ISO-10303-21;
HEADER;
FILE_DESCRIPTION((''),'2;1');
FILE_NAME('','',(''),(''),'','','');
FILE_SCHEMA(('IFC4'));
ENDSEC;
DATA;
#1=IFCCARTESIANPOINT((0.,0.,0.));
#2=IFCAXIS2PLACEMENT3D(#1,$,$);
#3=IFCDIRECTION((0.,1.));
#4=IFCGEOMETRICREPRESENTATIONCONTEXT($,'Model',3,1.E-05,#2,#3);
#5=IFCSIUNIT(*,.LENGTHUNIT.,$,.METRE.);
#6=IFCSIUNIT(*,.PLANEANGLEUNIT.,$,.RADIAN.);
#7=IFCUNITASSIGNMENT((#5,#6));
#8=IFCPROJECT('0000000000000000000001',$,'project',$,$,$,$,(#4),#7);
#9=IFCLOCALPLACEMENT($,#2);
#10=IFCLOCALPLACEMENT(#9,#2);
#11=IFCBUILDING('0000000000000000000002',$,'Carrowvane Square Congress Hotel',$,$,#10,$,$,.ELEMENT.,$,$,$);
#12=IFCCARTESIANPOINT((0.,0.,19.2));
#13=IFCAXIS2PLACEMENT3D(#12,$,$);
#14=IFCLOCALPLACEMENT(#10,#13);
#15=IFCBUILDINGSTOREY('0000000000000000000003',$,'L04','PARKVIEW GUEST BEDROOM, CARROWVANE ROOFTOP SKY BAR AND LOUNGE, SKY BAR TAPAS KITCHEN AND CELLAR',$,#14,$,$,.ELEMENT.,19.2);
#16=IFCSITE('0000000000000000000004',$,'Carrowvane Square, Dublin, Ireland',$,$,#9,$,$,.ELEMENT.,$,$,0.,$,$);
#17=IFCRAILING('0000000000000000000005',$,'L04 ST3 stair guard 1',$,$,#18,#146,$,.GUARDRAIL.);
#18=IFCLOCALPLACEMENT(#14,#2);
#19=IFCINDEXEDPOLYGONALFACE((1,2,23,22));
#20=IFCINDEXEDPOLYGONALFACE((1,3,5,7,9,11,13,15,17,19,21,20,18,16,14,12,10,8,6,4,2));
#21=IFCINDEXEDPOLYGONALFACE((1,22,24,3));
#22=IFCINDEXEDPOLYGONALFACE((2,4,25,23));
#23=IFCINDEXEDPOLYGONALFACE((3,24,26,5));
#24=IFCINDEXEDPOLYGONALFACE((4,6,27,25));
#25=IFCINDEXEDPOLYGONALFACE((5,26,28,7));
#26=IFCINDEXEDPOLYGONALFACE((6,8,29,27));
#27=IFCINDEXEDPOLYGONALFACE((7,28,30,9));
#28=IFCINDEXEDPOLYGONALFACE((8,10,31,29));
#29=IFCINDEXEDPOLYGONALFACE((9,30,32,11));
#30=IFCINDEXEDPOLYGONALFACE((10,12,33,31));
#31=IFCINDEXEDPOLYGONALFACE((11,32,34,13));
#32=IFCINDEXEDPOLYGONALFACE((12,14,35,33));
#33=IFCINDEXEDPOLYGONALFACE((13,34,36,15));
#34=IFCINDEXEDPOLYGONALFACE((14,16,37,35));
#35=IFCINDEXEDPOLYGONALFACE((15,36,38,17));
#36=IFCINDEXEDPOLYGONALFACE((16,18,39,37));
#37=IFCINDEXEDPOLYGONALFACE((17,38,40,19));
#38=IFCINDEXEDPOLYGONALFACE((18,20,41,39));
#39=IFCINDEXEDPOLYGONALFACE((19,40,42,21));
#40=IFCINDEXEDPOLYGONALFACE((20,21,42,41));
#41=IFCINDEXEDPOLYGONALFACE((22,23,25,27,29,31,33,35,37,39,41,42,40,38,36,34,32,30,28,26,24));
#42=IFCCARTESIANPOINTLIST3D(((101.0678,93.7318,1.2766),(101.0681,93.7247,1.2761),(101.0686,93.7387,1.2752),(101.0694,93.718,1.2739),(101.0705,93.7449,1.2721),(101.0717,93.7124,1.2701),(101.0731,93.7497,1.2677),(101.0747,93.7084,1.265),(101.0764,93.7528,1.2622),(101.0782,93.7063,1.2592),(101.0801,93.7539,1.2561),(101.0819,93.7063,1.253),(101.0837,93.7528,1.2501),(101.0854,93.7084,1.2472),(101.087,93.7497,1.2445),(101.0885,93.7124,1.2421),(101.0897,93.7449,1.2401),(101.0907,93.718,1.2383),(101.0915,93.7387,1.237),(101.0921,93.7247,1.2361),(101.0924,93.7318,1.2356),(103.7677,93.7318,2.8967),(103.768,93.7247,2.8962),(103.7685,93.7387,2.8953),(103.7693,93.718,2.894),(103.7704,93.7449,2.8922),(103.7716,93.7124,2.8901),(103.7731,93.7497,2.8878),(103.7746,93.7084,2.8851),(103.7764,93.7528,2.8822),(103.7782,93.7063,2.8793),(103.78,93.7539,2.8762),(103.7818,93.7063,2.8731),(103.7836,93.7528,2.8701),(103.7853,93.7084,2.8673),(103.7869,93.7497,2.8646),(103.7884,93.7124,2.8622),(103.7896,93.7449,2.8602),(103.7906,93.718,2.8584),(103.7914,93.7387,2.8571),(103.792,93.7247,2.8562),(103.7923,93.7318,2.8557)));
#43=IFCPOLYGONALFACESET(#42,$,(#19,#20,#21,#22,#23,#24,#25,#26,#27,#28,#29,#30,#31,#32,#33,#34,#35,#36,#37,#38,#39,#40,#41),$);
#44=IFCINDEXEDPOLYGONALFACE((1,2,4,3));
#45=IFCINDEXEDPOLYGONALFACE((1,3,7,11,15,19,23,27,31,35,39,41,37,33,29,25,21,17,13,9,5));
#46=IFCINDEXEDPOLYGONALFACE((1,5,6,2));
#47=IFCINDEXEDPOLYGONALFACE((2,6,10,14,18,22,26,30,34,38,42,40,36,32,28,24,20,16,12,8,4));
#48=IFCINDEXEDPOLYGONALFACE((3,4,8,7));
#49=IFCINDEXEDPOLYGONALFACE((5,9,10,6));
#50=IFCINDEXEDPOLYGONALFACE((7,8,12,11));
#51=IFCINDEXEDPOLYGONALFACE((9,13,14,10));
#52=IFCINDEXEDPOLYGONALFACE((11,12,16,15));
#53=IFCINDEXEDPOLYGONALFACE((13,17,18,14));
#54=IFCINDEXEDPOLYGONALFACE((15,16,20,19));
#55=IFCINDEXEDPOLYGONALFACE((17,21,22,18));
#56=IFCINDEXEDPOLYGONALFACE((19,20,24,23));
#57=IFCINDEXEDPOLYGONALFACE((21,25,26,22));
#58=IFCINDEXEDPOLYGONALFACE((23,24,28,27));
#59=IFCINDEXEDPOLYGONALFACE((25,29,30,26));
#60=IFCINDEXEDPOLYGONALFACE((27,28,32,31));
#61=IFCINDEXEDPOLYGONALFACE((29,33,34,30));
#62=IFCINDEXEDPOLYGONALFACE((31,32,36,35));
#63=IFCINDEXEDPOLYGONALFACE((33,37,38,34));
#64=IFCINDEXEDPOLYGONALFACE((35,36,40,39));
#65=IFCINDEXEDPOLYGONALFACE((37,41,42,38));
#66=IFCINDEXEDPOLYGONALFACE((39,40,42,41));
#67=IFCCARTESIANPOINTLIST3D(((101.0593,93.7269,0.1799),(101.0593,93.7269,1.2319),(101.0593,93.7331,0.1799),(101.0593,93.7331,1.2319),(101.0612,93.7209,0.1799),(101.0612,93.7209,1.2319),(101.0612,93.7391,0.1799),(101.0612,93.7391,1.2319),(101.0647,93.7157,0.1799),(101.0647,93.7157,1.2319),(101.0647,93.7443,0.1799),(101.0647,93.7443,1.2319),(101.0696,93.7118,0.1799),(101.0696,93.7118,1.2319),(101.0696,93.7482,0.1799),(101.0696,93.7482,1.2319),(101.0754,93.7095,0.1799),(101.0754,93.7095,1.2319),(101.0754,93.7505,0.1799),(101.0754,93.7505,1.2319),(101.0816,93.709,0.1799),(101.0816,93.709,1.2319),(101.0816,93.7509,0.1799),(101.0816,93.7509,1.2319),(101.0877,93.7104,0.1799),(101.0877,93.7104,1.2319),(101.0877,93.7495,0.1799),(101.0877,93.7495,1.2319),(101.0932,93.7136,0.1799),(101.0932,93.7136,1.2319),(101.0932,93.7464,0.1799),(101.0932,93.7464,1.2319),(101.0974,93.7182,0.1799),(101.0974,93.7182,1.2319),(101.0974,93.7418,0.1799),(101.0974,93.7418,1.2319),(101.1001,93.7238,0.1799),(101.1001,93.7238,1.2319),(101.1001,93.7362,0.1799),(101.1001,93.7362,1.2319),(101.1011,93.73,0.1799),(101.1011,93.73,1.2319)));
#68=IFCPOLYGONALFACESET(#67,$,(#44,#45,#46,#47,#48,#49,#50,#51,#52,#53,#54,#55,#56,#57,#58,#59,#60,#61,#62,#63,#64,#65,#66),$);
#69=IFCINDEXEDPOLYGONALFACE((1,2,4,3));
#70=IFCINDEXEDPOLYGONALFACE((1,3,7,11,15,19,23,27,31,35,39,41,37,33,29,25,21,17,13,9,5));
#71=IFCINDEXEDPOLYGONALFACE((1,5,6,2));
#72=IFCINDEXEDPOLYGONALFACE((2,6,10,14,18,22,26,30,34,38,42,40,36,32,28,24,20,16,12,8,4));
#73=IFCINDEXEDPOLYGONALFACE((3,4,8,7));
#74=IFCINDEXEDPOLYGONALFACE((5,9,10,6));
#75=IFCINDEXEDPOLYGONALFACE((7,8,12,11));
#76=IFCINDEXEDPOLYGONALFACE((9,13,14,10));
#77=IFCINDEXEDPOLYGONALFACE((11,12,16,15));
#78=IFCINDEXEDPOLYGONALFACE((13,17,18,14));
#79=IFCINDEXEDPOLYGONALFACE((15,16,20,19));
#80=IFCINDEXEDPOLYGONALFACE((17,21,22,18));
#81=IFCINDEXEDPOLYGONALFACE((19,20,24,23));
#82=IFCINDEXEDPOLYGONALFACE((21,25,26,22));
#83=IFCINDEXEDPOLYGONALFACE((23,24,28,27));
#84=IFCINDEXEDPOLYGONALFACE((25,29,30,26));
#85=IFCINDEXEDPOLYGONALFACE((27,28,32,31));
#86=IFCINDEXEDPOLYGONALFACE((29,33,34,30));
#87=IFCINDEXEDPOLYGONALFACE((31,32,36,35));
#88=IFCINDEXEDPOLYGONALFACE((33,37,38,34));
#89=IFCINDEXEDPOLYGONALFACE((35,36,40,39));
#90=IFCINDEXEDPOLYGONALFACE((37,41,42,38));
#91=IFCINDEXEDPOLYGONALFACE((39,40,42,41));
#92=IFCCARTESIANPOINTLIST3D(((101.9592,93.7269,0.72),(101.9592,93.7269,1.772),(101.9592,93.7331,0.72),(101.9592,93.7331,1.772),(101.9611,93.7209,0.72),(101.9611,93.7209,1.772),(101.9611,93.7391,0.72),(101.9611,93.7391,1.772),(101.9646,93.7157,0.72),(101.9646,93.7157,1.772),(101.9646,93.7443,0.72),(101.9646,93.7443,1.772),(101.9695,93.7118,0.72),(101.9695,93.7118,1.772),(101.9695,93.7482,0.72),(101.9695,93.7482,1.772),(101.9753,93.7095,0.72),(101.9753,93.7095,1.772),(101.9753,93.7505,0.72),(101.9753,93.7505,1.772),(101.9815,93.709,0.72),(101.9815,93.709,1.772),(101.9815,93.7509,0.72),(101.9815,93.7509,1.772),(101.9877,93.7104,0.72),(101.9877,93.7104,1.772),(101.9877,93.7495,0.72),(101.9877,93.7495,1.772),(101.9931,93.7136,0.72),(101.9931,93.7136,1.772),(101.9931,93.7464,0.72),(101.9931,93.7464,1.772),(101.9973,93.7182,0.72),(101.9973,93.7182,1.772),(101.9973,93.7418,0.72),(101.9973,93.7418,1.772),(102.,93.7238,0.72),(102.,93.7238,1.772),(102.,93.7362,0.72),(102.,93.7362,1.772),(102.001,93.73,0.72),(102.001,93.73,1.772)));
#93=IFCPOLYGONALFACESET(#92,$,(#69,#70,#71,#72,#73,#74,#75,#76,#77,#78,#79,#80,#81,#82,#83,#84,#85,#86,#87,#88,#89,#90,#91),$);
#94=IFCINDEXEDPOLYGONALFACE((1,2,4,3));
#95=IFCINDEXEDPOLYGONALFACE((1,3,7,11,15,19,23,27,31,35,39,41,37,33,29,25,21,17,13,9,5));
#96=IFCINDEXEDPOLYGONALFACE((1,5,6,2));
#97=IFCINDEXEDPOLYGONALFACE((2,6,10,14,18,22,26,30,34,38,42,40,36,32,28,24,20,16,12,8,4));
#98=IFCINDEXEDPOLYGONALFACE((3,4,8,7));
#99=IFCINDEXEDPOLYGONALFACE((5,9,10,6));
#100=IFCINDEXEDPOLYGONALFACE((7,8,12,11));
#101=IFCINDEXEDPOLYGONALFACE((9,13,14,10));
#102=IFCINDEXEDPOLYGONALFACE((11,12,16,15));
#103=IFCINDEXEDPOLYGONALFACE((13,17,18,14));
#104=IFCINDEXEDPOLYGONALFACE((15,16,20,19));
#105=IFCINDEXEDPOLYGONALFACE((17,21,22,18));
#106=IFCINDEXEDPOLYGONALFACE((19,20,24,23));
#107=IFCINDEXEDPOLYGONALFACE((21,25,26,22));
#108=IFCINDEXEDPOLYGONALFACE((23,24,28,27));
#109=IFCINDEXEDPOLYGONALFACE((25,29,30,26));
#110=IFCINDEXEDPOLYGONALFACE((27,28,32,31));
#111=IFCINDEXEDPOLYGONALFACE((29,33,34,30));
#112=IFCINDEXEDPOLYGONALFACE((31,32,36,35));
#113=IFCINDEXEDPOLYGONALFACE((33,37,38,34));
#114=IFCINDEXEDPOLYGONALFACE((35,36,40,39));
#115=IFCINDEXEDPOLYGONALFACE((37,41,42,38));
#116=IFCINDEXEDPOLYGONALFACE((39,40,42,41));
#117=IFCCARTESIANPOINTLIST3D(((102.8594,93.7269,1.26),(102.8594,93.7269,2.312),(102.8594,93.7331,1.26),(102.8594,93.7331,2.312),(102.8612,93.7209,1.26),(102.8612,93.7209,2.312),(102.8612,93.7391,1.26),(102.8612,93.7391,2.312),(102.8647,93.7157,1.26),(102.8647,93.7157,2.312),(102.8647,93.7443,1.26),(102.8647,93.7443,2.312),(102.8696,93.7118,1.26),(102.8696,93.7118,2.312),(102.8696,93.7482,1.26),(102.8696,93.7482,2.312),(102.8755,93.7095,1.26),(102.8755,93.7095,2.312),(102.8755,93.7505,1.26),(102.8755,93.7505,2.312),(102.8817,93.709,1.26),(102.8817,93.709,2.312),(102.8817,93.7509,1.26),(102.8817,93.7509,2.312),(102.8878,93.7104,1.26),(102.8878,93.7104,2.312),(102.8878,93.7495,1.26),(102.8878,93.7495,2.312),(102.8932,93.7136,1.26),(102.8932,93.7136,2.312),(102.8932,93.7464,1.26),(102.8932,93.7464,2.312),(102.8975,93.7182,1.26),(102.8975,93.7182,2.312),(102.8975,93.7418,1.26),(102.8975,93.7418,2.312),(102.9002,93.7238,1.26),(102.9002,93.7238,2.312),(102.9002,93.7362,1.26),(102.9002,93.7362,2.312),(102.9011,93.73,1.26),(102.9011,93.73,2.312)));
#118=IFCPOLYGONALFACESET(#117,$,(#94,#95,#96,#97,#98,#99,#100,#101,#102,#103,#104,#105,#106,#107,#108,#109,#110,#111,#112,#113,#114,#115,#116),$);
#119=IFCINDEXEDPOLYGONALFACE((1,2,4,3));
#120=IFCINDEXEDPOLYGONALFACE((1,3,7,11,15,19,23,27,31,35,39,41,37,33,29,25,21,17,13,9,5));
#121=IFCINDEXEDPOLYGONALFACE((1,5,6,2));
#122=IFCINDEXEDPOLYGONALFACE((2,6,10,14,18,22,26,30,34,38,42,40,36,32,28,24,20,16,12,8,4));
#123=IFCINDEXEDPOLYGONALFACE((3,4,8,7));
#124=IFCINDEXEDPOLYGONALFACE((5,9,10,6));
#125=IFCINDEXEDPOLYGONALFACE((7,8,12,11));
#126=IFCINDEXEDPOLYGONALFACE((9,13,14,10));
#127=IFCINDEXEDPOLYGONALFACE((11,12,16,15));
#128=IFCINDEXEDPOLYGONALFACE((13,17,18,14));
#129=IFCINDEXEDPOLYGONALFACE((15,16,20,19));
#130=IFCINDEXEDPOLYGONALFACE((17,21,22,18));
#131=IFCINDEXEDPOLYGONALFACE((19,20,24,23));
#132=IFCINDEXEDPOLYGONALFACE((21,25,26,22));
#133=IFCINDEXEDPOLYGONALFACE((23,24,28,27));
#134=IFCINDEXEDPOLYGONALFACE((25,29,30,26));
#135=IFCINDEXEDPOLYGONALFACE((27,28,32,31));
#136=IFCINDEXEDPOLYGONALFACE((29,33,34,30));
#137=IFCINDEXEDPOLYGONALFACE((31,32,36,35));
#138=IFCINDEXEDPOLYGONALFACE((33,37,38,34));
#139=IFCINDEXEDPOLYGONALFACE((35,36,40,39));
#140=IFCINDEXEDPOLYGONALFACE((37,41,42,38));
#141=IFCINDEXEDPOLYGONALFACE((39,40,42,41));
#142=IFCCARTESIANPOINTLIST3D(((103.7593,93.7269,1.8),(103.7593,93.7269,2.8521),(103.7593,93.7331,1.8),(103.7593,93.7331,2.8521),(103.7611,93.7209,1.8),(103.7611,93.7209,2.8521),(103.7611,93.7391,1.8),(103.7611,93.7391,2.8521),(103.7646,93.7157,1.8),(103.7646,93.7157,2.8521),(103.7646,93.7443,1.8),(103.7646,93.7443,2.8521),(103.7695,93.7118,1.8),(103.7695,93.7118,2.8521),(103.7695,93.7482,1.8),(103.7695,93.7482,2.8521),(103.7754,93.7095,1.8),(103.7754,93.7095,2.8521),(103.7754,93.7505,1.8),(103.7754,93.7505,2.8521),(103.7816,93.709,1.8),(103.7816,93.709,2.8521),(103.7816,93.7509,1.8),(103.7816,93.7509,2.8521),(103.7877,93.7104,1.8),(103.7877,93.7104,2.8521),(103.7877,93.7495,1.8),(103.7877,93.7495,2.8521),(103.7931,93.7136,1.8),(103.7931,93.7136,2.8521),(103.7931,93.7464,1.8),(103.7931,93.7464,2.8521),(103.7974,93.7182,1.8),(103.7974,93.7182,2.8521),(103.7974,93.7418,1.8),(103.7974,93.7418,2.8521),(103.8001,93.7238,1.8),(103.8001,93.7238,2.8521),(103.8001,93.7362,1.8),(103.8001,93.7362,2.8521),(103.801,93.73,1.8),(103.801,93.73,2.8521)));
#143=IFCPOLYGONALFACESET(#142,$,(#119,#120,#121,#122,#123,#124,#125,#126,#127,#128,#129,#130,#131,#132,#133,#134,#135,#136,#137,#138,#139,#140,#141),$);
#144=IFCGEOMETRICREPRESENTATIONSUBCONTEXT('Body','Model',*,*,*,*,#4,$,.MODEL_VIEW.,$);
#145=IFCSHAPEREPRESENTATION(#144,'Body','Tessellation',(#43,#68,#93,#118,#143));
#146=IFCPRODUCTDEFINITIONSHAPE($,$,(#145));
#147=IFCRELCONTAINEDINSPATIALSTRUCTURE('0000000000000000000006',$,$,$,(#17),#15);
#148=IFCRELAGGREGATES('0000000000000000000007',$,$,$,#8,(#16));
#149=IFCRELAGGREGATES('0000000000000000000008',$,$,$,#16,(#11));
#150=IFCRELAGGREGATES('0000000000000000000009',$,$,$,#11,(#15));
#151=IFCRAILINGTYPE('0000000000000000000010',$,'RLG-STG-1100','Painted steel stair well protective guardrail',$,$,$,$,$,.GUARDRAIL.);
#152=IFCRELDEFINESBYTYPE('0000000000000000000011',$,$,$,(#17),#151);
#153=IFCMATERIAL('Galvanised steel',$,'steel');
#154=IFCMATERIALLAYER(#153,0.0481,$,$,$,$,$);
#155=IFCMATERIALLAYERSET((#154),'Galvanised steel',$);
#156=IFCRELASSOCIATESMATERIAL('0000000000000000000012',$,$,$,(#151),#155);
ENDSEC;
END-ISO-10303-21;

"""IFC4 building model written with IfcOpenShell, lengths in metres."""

from ifc_helpers import new_model, si_unit, direction, frame, origin, origin_2d, place, context, subcontext, project, spatial, circle, extrude, material, layer, layer_set, type_object, element, save


model = new_model("IFC4")

# Units and contexts
model_context = context("Model", 3, precision=1e-05, world=origin(), true_north=direction((0.0, 1.0)))
body_context = subcontext(model_context, "Body", "Model", "MODEL_VIEW")
ifc_project = project(units=[si_unit("LENGTHUNIT", "METRE"), si_unit("PLANEANGLEUNIT", "RADIAN")], contexts=[model_context])

# Site, building, storey
site_placement = place(None, origin())
site = spatial("IfcSite", under=ifc_project, at=site_placement, Name="Carrowvane Square, Dublin, Ireland", CompositionType="ELEMENT", RefElevation=0.0)
building_placement = place(site_placement, origin())
building = spatial("IfcBuilding", under=site, at=building_placement, Name="Carrowvane Square Congress Hotel", CompositionType="ELEMENT")
storey_placement = place(building_placement, frame((0.0, 0.0, 19.2)))
storey = spatial("IfcBuildingStorey", under=building, at=storey_placement, Name="L04", Description="PARKVIEW GUEST BEDROOM, CARROWVANE ROOFTOP SKY BAR AND LOUNGE, SKY BAR TAPAS KITCHEN AND CELLAR", CompositionType="ELEMENT", Elevation=19.2)

# Railing
ifc_material_1 = material(Name="Galvanised steel", Category="steel")
ifc_layer_1 = layer(ifc_material_1, 0.0481)
ifc_layer_set_1 = layer_set([ifc_layer_1], Name="Galvanised steel")
railing_type_1 = type_object("IfcRailingType", Name="RLG-STG-1100", Description="Painted steel stair well protective guardrail", PredefinedType="GUARDRAIL", material=ifc_layer_set_1)
railing_1_placement = place(storey_placement, frame((101.0801, 93.73, 0.1799)))
element("IfcRailing", 1, at=railing_1_placement, inside=storey, type_object=railing_type_1, Name="L04 ST3 stair guard 1", PredefinedType="GUARDRAIL", context=body_context, shape_type="SweptSolid", body=[
    extrude(circle(Radius=0.0239, at=origin_2d()), frame((0.0, 0.0, 1.0762), z_axis=(0.857472, 0.0, 0.51453), x_axis=(0.0, 1.0, 0.0)), (0.0, 0.0, 1.0), 3.1487),
    extrude(circle(Radius=0.021, at=origin_2d()), origin(), (0.0, 0.0, 1.0), 1.052),
    extrude(circle(Radius=0.021, at=origin_2d()), frame((0.8999, 0.0, 0.54)), (0.0, 0.0, 1.0), 1.052),
    extrude(circle(Radius=0.021, at=origin_2d()), frame((1.8, 0.0, 1.0801)), (0.0, 0.0, 1.0), 1.052),
    extrude(circle(Radius=0.021, at=origin_2d()), frame((2.7, 0.0, 1.6201)), (0.0, 0.0, 1.0), 1.052),
])

save(model, "model.ifc")
